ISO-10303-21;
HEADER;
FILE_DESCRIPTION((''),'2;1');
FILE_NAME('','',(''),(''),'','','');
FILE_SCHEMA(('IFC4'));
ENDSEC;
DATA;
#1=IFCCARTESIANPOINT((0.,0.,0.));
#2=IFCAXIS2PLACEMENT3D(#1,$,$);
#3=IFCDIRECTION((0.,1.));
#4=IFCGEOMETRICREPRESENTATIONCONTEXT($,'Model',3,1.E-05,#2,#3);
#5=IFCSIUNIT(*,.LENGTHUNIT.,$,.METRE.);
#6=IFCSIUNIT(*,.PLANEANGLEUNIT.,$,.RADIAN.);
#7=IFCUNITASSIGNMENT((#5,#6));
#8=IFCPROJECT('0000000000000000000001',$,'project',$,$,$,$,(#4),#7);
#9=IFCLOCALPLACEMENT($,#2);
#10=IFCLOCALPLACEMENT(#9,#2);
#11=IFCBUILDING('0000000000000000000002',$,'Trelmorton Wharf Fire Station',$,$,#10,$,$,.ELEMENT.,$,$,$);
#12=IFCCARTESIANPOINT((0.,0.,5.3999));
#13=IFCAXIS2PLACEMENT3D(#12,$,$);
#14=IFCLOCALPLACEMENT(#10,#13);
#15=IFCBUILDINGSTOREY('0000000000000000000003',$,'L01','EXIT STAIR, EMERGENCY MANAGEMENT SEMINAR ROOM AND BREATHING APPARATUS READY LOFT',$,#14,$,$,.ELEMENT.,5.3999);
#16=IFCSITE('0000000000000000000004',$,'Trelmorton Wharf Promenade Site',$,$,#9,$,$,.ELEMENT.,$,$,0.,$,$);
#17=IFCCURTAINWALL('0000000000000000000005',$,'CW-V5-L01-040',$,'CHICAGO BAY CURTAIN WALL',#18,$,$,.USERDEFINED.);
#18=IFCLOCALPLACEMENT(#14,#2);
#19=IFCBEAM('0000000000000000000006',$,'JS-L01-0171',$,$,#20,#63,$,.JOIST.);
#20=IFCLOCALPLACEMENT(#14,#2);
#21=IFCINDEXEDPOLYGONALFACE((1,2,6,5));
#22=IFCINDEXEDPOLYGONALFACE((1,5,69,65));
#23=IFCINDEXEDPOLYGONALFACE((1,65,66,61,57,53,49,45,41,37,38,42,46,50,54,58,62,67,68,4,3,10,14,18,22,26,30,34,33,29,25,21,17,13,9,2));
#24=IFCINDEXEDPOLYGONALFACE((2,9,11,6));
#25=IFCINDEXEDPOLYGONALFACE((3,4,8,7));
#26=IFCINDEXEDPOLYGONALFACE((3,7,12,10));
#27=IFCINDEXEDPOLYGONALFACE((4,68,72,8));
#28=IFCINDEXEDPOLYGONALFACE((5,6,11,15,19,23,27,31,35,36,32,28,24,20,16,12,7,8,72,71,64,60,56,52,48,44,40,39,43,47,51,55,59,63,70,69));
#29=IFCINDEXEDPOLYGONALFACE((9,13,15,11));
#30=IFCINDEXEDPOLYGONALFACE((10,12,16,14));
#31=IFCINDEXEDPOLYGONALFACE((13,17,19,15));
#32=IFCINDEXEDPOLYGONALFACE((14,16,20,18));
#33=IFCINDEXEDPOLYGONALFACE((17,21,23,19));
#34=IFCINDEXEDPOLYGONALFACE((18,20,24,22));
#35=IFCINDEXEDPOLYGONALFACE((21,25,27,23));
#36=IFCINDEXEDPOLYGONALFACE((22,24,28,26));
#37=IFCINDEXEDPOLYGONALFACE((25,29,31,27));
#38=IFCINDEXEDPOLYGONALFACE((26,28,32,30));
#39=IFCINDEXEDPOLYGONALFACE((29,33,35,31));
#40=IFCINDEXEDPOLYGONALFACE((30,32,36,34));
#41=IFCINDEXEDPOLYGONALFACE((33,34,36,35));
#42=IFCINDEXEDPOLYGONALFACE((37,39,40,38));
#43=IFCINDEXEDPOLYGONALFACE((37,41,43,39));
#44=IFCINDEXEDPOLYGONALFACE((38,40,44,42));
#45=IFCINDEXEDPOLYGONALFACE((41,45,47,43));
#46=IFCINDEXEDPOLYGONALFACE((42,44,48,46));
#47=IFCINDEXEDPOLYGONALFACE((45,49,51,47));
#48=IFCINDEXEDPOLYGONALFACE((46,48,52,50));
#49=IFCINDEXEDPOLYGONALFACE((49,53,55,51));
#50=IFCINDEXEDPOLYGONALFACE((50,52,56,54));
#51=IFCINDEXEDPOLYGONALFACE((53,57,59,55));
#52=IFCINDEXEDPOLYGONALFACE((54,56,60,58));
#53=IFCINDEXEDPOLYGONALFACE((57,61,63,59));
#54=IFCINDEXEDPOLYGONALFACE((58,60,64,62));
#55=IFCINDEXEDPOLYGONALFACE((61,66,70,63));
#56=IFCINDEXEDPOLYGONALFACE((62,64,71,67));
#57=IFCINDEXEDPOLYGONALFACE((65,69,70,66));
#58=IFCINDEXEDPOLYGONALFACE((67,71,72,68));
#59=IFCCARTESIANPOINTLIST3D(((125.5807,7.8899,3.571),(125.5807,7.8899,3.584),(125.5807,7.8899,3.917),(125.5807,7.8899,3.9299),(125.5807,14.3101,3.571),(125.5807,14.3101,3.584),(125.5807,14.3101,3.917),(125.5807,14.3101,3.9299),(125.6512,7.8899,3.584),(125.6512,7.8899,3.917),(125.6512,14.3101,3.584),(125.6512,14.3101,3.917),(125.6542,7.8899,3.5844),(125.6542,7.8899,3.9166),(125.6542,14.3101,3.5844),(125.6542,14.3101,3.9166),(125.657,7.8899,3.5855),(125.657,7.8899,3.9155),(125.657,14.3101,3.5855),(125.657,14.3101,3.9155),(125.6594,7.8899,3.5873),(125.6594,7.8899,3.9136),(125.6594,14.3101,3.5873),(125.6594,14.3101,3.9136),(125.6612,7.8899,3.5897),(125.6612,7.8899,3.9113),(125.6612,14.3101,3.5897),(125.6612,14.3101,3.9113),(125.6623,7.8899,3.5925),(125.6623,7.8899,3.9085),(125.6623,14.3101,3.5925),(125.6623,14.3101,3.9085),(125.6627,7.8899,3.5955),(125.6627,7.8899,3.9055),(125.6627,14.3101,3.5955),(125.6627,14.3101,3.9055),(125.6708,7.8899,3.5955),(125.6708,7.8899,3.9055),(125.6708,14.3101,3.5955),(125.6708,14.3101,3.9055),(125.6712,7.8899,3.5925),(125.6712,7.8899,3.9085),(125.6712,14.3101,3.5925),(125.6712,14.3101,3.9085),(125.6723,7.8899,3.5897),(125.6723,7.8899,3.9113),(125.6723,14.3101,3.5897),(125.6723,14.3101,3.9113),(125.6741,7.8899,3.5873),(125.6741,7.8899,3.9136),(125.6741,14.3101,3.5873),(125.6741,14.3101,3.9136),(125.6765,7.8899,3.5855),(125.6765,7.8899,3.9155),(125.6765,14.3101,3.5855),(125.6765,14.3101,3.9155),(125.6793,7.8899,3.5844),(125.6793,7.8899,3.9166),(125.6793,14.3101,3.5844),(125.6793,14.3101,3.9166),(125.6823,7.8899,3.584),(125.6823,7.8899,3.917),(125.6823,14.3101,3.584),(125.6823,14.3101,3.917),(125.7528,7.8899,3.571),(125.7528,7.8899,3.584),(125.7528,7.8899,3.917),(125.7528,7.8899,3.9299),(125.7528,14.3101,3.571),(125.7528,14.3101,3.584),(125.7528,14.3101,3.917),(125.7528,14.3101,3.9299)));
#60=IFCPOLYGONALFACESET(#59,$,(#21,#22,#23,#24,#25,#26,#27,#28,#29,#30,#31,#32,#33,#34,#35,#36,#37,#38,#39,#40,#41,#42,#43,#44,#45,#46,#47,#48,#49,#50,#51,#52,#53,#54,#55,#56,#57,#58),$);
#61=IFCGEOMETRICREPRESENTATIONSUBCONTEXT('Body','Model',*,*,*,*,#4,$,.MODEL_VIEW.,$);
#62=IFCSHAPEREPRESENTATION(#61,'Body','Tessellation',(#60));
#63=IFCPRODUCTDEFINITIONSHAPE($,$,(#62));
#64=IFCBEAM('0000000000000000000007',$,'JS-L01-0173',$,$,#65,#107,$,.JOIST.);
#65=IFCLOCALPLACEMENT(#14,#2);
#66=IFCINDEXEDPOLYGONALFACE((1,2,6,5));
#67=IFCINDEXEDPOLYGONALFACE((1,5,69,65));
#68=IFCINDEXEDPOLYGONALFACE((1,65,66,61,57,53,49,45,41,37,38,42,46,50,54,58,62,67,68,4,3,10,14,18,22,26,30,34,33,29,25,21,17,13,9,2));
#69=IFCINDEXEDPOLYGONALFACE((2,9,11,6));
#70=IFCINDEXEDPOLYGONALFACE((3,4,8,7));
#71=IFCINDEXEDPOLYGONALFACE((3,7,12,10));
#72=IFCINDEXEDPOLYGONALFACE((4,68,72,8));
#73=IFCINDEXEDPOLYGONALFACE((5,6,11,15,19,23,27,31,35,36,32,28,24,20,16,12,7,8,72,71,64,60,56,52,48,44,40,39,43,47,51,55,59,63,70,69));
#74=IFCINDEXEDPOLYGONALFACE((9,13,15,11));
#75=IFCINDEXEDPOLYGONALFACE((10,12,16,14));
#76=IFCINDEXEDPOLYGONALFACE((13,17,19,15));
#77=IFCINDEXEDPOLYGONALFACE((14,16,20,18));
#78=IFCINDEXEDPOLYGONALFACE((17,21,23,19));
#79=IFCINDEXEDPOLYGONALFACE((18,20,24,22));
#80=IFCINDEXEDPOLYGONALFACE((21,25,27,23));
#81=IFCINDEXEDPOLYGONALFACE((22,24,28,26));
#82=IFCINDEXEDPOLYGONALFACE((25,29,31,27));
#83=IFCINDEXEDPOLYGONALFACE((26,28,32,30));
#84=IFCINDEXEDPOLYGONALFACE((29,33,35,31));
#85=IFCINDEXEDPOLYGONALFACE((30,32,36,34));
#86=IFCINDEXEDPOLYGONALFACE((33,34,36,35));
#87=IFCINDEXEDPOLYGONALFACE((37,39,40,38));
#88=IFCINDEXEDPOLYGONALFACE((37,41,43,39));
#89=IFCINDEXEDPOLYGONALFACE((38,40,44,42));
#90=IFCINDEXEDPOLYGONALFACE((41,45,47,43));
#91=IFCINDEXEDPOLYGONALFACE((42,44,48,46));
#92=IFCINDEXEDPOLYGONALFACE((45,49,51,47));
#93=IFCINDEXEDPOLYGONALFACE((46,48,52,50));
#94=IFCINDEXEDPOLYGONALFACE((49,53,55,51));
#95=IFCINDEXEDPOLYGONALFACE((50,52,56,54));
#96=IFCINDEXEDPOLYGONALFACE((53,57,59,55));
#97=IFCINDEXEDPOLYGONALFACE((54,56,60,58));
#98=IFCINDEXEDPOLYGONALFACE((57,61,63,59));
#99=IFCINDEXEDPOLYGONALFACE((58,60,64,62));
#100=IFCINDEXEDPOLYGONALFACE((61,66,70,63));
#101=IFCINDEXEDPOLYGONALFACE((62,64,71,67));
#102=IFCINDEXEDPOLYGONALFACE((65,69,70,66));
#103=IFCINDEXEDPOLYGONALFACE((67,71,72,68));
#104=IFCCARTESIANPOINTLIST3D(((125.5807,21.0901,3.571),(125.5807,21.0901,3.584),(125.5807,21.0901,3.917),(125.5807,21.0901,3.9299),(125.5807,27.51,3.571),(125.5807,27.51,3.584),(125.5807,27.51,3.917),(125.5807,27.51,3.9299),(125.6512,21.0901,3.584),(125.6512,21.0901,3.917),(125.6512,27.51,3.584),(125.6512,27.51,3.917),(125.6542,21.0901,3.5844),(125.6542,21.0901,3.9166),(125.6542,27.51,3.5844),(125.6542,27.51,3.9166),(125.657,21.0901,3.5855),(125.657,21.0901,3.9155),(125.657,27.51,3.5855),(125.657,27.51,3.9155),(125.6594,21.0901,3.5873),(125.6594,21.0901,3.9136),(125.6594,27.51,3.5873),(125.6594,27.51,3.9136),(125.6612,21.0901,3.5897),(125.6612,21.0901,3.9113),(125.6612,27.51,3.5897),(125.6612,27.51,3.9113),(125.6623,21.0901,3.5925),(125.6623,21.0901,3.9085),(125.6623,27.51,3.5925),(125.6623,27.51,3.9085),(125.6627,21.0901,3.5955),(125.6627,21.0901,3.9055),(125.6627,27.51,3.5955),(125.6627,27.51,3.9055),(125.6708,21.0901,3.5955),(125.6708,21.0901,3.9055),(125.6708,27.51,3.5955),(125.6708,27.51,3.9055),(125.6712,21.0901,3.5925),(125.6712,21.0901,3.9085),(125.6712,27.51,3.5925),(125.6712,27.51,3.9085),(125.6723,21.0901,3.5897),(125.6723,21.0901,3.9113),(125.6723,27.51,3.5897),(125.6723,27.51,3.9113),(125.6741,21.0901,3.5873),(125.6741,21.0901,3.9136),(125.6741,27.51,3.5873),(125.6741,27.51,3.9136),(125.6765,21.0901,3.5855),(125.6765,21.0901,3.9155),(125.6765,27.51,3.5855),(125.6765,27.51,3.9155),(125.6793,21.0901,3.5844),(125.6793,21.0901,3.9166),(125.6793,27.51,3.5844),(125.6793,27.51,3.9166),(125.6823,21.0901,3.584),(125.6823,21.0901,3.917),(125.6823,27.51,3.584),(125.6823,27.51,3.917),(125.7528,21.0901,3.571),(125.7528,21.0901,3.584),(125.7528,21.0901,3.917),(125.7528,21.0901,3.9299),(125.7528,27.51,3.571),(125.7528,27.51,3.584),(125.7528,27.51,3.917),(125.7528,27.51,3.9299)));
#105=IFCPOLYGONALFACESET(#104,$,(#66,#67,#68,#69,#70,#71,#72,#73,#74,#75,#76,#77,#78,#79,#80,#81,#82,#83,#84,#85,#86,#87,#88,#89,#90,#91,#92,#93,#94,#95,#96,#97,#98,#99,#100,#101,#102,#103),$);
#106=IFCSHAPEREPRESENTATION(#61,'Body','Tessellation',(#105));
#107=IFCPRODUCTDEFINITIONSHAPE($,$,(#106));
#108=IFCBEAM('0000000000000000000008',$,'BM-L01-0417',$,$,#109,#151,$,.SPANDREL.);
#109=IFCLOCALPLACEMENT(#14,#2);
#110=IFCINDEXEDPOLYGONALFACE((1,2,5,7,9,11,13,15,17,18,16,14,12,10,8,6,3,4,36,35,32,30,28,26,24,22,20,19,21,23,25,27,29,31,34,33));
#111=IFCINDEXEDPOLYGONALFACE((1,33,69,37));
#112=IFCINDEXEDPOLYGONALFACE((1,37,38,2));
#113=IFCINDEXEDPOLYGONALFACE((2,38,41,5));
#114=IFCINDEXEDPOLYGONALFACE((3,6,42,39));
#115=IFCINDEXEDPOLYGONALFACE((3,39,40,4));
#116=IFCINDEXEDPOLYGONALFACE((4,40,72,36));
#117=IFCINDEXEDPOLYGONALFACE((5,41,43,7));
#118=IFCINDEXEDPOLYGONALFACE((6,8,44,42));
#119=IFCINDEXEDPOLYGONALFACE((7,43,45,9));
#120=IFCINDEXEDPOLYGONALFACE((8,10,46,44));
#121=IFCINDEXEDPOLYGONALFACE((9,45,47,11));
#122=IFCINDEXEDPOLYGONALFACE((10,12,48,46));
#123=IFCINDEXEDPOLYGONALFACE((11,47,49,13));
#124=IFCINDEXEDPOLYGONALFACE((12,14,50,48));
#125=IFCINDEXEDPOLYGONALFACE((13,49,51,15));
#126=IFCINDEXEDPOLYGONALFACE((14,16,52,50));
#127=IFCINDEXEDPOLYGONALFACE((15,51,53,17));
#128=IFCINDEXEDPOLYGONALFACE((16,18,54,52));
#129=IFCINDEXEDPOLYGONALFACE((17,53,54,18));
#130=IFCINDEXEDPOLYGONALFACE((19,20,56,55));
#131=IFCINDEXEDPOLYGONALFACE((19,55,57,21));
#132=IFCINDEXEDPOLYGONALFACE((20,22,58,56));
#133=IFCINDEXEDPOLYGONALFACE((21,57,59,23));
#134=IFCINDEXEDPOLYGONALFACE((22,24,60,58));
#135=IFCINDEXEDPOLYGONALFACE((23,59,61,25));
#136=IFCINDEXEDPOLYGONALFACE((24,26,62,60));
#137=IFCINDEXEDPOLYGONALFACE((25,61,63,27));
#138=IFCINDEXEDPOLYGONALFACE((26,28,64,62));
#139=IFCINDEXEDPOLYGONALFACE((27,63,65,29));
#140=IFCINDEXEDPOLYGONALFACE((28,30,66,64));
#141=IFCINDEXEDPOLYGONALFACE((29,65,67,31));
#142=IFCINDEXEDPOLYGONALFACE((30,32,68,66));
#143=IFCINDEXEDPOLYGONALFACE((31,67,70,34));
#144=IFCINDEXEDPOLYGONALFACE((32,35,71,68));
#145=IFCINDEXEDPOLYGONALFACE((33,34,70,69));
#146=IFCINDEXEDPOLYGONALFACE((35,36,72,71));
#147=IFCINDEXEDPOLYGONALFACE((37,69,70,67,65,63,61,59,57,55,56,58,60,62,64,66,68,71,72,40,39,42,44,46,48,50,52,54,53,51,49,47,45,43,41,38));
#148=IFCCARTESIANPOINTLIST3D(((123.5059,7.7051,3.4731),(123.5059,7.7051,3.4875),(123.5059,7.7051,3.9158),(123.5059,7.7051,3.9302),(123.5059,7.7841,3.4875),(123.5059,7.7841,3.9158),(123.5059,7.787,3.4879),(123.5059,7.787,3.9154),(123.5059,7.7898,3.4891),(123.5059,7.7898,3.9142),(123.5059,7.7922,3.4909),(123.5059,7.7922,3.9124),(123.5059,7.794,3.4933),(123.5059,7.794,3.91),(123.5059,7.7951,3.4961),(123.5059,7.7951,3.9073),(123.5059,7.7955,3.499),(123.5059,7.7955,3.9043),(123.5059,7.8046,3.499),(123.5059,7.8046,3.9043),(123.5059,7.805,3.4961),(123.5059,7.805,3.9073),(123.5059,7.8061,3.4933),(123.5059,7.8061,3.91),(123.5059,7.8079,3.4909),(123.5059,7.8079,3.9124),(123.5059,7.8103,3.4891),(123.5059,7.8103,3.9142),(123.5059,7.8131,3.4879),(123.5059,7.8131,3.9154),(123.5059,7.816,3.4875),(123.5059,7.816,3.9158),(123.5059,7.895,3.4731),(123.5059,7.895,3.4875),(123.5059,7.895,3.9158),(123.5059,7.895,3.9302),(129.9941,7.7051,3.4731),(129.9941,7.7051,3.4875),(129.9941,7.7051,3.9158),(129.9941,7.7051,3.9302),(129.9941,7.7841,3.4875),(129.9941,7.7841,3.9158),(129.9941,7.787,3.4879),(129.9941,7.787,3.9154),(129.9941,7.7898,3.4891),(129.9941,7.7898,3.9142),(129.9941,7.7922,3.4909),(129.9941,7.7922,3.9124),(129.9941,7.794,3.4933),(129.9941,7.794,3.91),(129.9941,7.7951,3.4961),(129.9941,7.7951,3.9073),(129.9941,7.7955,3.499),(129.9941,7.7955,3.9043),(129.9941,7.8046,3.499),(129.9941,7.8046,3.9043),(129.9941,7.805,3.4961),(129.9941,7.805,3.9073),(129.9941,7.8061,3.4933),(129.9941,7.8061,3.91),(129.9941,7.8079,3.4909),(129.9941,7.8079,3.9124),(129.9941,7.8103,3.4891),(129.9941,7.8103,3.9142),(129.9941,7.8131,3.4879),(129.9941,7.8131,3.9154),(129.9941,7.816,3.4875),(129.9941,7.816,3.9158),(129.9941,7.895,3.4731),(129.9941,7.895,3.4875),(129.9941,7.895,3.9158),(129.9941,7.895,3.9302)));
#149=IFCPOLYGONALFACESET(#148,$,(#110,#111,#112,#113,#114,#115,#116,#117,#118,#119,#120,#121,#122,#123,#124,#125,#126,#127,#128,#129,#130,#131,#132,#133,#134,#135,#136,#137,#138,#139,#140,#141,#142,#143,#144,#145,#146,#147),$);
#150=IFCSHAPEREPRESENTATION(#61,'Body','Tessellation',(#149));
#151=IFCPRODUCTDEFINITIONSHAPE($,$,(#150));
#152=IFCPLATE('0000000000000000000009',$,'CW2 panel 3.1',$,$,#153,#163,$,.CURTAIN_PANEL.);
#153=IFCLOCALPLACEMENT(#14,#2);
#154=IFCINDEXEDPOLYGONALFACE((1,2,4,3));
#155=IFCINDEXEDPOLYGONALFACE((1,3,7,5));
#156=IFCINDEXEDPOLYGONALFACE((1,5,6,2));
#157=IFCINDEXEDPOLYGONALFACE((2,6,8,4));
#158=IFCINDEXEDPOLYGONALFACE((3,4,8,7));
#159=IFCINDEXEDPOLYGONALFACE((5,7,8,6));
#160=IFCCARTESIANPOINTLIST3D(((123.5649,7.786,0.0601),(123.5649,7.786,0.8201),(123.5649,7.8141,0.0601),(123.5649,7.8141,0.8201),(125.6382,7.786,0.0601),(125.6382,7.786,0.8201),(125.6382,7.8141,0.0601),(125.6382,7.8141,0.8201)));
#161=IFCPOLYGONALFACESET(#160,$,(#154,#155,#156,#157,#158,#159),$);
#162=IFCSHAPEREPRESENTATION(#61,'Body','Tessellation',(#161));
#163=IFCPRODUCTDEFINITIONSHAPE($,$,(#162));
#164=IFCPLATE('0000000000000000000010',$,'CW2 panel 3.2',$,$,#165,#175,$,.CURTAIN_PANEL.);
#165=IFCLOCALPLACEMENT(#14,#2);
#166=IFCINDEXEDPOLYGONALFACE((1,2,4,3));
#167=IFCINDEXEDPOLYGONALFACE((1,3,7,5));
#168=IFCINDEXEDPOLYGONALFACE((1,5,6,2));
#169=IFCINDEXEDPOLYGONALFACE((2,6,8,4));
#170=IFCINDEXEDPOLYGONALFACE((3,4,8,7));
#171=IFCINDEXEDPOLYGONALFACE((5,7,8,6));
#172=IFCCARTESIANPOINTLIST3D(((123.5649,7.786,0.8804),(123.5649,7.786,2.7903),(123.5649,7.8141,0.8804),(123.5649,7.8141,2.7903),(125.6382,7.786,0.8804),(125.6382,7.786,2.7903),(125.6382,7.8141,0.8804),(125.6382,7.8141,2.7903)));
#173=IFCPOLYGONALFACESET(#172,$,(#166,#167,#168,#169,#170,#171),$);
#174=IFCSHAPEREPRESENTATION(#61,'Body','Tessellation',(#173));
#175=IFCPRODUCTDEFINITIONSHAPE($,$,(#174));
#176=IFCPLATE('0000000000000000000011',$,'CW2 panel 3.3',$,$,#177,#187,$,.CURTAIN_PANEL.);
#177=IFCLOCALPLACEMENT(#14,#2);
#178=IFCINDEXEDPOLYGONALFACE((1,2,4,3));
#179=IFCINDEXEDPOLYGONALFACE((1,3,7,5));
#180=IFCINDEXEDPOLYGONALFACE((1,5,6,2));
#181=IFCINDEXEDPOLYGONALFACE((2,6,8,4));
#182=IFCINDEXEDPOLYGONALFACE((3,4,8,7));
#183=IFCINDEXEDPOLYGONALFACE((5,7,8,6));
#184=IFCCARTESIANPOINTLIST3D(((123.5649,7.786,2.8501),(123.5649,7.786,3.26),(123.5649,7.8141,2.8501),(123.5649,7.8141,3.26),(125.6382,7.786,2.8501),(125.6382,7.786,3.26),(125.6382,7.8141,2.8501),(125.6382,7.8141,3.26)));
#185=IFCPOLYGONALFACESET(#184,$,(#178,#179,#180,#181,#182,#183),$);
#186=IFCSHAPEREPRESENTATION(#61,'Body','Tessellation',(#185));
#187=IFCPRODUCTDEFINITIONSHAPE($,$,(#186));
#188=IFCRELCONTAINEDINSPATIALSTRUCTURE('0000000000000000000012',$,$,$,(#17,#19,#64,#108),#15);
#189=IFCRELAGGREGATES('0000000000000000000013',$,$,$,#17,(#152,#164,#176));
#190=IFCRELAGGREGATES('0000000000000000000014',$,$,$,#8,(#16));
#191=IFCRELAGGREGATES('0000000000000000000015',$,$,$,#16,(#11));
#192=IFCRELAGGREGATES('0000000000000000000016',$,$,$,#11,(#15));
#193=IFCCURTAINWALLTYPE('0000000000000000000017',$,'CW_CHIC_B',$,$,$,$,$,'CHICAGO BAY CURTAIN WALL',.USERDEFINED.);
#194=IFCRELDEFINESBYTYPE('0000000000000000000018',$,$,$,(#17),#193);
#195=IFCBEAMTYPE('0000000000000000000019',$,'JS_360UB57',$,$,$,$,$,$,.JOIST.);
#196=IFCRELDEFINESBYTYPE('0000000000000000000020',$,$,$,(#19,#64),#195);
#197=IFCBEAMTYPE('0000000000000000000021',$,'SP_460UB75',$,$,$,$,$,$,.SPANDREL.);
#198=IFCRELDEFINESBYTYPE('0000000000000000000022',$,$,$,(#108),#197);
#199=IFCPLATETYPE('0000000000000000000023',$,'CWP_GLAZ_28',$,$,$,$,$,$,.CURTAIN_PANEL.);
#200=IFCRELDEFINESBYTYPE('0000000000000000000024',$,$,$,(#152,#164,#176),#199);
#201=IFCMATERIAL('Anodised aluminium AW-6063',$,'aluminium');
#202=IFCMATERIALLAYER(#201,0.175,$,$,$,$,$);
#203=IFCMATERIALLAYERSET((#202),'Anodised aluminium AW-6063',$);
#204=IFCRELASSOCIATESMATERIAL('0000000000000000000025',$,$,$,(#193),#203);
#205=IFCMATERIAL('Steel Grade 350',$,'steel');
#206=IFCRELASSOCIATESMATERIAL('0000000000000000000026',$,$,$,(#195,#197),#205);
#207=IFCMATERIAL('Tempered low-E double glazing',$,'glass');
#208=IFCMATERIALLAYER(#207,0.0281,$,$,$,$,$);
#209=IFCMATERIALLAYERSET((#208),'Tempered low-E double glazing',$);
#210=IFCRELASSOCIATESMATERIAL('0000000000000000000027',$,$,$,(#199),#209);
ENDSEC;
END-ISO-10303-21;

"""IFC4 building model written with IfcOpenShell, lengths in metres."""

from ifc_helpers import new_model, si_unit, direction, frame, origin, origin_2d, place, context, subcontext, project, spatial, rectangle, i_section, extrude, material, layer, layer_set, material_profile, profile_set, type_object, element, aggregate, save


model = new_model("IFC4")

# Units and contexts
model_context = context("Model", 3, precision=1e-05, world=origin(), true_north=direction((0.0, 1.0)))
body_context = subcontext(model_context, "Body", "Model", "MODEL_VIEW")
ifc_project = project(units=[si_unit("LENGTHUNIT", "METRE"), si_unit("PLANEANGLEUNIT", "RADIAN")], contexts=[model_context])

# Site, building, storey
site_placement = place(None, origin())
site = spatial("IfcSite", under=ifc_project, at=site_placement, Name="Trelmorton Wharf Promenade Site", CompositionType="ELEMENT", RefElevation=0.0)
building_placement = place(site_placement, origin())
building = spatial("IfcBuilding", under=site, at=building_placement, Name="Trelmorton Wharf Fire Station", CompositionType="ELEMENT")
storey_placement = place(building_placement, frame((0.0, 0.0, 5.3999)))
storey = spatial("IfcBuildingStorey", under=building, at=storey_placement, Name="L01", Description="EXIT STAIR, EMERGENCY MANAGEMENT SEMINAR ROOM AND BREATHING APPARATUS READY LOFT", CompositionType="ELEMENT", Elevation=5.3999)

# Shared definitions
ifc_material_1 = material(Name="Steel Grade 350", Category="steel")

# Curtain wall
ifc_material_2 = material(Name="Anodised aluminium AW-6063", Category="aluminium")
ifc_layer_1 = layer(ifc_material_2, 0.175)
ifc_layer_set_1 = layer_set([ifc_layer_1], Name="Anodised aluminium AW-6063")
curtain_wall_type = type_object("IfcCurtainWallType", Name="CW_CHIC_B", ElementType="CHICAGO BAY CURTAIN WALL", PredefinedType="USERDEFINED", material=ifc_layer_set_1)
curtain_wall_placement = place(storey_placement, origin())
curtain_wall = element("IfcCurtainWall", 1, at=curtain_wall_placement, inside=storey, type_object=curtain_wall_type, Name="CW-V5-L01-040", ObjectType="CHICAGO BAY CURTAIN WALL", PredefinedType="USERDEFINED")

# Beams
ifc_material_profile_1 = material_profile(ifc_material_1, i_section(OverallWidth=0.1721, OverallDepth=0.3589, WebThickness=0.0081, FlangeThickness=0.0129, FilletRadius=0.0115, at=origin_2d()), Name="360UB56.7")
ifc_profile_set_1 = profile_set([ifc_material_profile_1], Name="Steel Grade 350")
beam_type_1 = type_object("IfcBeamType", Name="JS_360UB57", PredefinedType="JOIST", material=ifc_profile_set_1)
beam_1_placement = place(storey_placement, frame((125.6667, 7.8899, 3.7505), z_axis=(0.0, 1.0, 0.0), x_axis=(-1.0, 0.0, 0.0)))
element("IfcBeam", 2, at=beam_1_placement, inside=storey, type_object=beam_type_1, Name="JS-L01-0171", PredefinedType="JOIST", context=body_context, shape_type="SweptSolid", body=[
    extrude(i_section(OverallWidth=0.1721, OverallDepth=0.3589, WebThickness=0.0081, FlangeThickness=0.0129, FilletRadius=0.0115, at=origin_2d()), origin(), (0.0, 0.0, 1.0), 6.4202),
])
beam_2_placement = place(storey_placement, frame((125.6667, 21.0901, 3.7505), z_axis=(0.0, 1.0, 0.0), x_axis=(-1.0, 0.0, 0.0)))
element("IfcBeam", 3, at=beam_2_placement, inside=storey, type_object=beam_type_1, Name="JS-L01-0173", PredefinedType="JOIST", context=body_context, shape_type="SweptSolid", body=[
    extrude(i_section(OverallWidth=0.1721, OverallDepth=0.3589, WebThickness=0.0081, FlangeThickness=0.0129, FilletRadius=0.0115, at=origin_2d()), origin(), (0.0, 0.0, 1.0), 6.4199),
])
ifc_material_profile_2 = material_profile(ifc_material_1, i_section(OverallWidth=0.1899, OverallDepth=0.457, WebThickness=0.009, FlangeThickness=0.0144, FilletRadius=0.0115, at=origin_2d()), Name="460UB74.6")
ifc_profile_set_2 = profile_set([ifc_material_profile_2], Name="Steel Grade 350")
beam_type_2 = type_object("IfcBeamType", Name="SP_460UB75", PredefinedType="SPANDREL", material=ifc_profile_set_2)
beam_3_placement = place(storey_placement, frame((123.5059, 7.8, 3.7017), z_axis=(1.0, 0.0, 0.0), x_axis=(0.0, 1.0, 0.0)))
element("IfcBeam", 4, at=beam_3_placement, inside=storey, type_object=beam_type_2, Name="BM-L01-0417", PredefinedType="SPANDREL", context=body_context, shape_type="SweptSolid", body=[
    extrude(i_section(OverallWidth=0.1899, OverallDepth=0.457, WebThickness=0.009, FlangeThickness=0.0144, FilletRadius=0.0115, at=origin_2d()), origin(), (0.0, 0.0, 1.0), 6.4883),
])

# Plates
ifc_material_3 = material(Name="Tempered low-E double glazing", Category="glass")
ifc_layer_2 = layer(ifc_material_3, 0.0281)
ifc_layer_set_2 = layer_set([ifc_layer_2], Name="Tempered low-E double glazing")
plate_type = type_object("IfcPlateType", Name="CWP_GLAZ_28", PredefinedType="CURTAIN_PANEL", material=ifc_layer_set_2)
plate_1_placement = place(storey_placement, frame((124.6016, 7.8, 0.0601), z_axis=(0.0, 0.0, 1.0), x_axis=(-1.0, 0.0, 0.0)))
plate_1 = element("IfcPlate", 5, at=plate_1_placement, type_object=plate_type, Name="CW2 panel 3.1", PredefinedType="CURTAIN_PANEL", context=body_context, shape_type="SweptSolid", body=[
    extrude(rectangle(XDim=2.0732, YDim=0.0281, at=origin_2d()), origin(), (0.0, 0.0, 1.0), 0.76),
])
plate_2_placement = place(storey_placement, frame((124.6016, 7.8, 0.8804), z_axis=(0.0, 0.0, 1.0), x_axis=(-1.0, 0.0, 0.0)))
plate_2 = element("IfcPlate", 6, at=plate_2_placement, type_object=plate_type, Name="CW2 panel 3.2", PredefinedType="CURTAIN_PANEL", context=body_context, shape_type="SweptSolid", body=[
    extrude(rectangle(XDim=2.0732, YDim=0.0281, at=origin_2d()), origin(), (0.0, 0.0, 1.0), 1.9099),
])
plate_3_placement = place(storey_placement, frame((124.6016, 7.8, 2.8501), z_axis=(0.0, 0.0, 1.0), x_axis=(-1.0, 0.0, 0.0)))
plate_3 = element("IfcPlate", 7, at=plate_3_placement, type_object=plate_type, Name="CW2 panel 3.3", PredefinedType="CURTAIN_PANEL", context=body_context, shape_type="SweptSolid", body=[
    extrude(rectangle(XDim=2.0732, YDim=0.0281, at=origin_2d()), origin(), (0.0, 0.0, 1.0), 0.4099),
])
aggregate(curtain_wall, [plate_1, plate_2, plate_3])

save(model, "model.ifc")
